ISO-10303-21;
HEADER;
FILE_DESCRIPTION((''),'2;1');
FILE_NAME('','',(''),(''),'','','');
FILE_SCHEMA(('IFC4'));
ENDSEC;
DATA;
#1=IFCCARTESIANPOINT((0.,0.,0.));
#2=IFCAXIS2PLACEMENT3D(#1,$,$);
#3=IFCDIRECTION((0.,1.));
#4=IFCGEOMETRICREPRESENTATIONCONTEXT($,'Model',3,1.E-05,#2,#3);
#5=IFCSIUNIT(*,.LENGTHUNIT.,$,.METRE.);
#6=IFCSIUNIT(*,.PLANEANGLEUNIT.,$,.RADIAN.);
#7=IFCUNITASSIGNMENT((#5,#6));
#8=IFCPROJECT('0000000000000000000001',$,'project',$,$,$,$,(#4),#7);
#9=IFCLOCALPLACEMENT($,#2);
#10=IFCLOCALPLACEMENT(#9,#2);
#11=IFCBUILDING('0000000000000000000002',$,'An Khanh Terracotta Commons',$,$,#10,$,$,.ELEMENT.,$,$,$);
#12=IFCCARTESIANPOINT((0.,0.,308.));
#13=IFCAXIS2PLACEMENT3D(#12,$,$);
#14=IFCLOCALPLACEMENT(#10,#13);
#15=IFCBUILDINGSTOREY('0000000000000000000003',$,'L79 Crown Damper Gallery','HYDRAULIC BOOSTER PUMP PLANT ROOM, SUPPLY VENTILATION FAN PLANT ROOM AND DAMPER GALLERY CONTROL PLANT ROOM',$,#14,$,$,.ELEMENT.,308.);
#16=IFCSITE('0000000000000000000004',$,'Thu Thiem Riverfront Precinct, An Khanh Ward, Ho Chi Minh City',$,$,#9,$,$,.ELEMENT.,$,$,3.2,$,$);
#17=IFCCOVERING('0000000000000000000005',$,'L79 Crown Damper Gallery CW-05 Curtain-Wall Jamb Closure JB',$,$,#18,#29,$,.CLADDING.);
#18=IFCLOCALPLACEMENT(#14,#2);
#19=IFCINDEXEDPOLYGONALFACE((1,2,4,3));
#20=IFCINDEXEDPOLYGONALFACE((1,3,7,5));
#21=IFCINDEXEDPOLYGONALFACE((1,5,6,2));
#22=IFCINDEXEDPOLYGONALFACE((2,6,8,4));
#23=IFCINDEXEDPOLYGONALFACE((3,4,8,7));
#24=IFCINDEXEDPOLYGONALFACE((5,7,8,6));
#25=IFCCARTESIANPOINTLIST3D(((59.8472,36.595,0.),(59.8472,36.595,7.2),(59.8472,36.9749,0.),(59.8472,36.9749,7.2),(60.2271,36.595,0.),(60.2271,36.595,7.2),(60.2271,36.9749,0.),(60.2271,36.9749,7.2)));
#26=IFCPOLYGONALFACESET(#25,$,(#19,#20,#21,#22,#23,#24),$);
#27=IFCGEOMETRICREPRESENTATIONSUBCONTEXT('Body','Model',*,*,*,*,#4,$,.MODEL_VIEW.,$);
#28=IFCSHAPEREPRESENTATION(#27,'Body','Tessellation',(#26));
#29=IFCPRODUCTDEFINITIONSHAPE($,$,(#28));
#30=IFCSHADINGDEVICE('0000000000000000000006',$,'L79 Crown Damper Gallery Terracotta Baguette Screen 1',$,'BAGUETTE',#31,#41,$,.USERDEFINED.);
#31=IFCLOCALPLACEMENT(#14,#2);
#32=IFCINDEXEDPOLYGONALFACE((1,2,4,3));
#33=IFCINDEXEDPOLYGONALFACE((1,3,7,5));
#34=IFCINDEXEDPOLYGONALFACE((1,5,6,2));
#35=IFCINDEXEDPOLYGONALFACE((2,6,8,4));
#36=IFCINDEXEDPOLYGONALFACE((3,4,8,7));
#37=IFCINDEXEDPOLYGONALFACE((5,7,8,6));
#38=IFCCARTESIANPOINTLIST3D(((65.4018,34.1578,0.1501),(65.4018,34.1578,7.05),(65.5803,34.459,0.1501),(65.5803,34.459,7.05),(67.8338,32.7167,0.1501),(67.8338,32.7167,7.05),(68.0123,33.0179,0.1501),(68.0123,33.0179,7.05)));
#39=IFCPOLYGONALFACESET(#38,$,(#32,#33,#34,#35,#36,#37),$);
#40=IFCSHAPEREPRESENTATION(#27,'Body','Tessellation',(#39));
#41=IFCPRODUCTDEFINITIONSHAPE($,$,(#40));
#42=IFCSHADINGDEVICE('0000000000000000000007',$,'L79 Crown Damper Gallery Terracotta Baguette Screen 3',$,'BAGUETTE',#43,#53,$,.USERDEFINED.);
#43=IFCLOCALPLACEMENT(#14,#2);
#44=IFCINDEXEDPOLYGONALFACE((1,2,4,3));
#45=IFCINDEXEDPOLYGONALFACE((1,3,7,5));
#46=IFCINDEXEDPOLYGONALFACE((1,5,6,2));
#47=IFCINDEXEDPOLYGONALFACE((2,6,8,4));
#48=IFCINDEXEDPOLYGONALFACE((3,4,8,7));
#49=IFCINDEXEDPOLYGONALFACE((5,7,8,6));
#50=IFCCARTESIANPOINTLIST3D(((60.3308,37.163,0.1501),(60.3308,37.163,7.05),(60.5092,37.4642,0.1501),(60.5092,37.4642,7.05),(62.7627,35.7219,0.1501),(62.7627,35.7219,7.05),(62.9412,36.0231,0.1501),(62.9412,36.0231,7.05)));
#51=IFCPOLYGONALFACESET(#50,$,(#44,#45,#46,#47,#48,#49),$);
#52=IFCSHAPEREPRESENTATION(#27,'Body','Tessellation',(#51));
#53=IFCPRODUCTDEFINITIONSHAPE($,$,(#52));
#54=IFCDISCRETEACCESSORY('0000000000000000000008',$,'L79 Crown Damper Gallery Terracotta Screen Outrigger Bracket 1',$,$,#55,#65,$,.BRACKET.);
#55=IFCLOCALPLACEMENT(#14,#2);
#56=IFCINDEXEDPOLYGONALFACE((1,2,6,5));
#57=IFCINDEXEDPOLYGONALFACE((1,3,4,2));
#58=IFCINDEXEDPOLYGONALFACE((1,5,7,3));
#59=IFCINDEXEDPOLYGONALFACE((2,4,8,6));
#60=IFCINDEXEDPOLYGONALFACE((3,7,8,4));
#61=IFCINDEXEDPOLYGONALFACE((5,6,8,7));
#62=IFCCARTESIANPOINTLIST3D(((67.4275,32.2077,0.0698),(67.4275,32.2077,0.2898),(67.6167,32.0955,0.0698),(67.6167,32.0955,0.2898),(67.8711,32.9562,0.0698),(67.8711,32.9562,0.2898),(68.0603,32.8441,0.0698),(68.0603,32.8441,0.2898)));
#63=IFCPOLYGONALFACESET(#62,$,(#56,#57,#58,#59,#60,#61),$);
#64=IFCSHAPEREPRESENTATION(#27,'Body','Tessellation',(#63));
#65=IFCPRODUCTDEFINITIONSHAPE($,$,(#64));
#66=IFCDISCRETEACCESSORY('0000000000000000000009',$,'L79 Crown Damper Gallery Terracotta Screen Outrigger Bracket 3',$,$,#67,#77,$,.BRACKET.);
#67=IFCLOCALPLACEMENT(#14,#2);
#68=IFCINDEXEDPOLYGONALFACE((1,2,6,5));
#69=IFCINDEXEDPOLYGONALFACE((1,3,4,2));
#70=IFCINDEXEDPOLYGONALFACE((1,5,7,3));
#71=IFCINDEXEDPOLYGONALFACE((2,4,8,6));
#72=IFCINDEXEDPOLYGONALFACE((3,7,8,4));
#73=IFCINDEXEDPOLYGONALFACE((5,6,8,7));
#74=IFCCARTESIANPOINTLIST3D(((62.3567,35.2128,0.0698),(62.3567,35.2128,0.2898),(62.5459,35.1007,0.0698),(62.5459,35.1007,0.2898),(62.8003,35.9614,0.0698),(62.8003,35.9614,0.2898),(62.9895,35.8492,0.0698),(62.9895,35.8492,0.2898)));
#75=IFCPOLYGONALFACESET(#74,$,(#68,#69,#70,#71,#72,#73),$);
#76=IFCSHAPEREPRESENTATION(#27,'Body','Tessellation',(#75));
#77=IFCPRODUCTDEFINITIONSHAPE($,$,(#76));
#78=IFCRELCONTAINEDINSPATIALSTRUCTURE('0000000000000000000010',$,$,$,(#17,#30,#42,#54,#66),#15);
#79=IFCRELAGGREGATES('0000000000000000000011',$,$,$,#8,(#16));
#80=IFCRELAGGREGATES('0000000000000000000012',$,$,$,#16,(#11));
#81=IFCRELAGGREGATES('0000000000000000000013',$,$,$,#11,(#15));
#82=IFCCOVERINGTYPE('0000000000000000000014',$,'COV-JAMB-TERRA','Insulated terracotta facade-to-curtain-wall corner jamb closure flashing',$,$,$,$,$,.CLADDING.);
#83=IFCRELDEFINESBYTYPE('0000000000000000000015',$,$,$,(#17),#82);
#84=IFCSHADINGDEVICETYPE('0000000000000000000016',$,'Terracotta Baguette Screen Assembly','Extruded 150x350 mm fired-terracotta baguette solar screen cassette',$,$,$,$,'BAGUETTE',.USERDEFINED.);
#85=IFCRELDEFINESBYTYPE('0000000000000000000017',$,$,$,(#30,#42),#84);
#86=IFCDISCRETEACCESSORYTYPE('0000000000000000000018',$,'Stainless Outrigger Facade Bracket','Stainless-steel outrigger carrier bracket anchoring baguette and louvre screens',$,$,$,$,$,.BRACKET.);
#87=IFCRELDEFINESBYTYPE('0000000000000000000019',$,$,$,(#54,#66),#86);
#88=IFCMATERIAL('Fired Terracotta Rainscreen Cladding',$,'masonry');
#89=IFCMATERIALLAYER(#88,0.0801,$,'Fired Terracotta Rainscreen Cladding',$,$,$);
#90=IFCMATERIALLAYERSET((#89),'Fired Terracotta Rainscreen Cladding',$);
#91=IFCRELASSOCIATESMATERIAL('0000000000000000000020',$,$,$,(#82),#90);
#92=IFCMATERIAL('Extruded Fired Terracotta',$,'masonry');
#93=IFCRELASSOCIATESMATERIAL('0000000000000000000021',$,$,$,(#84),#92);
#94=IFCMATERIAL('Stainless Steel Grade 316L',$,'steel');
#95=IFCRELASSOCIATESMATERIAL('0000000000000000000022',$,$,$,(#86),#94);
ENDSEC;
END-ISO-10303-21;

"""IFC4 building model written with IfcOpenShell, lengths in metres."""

from ifc_helpers import new_model, si_unit, direction, frame, origin, origin_2d, place, context, subcontext, project, spatial, rectangle, extrude, material, layer, layer_set, type_object, element, save


model = new_model("IFC4")

# Units and contexts
model_context = context("Model", 3, precision=1e-05, world=origin(), true_north=direction((0.0, 1.0)))
body_context = subcontext(model_context, "Body", "Model", "MODEL_VIEW")
ifc_project = project(units=[si_unit("LENGTHUNIT", "METRE"), si_unit("PLANEANGLEUNIT", "RADIAN")], contexts=[model_context])

# Site, building, storey
site_placement = place(None, origin())
site = spatial("IfcSite", under=ifc_project, at=site_placement, Name="Thu Thiem Riverfront Precinct, An Khanh Ward, Ho Chi Minh City", CompositionType="ELEMENT", RefElevation=3.2)
building_placement = place(site_placement, origin())
building = spatial("IfcBuilding", under=site, at=building_placement, Name="An Khanh Terracotta Commons", CompositionType="ELEMENT")
storey_placement = place(building_placement, frame((0.0, 0.0, 308.0)))
storey = spatial("IfcBuildingStorey", under=building, at=storey_placement, Name="L79 Crown Damper Gallery", Description="HYDRAULIC BOOSTER PUMP PLANT ROOM, SUPPLY VENTILATION FAN PLANT ROOM AND DAMPER GALLERY CONTROL PLANT ROOM", CompositionType="ELEMENT", Elevation=308.0)

# Covering
ifc_material_1 = material(Name="Fired Terracotta Rainscreen Cladding", Category="masonry")
ifc_layer_1 = layer(ifc_material_1, 0.0801, Name="Fired Terracotta Rainscreen Cladding")
ifc_layer_set_1 = layer_set([ifc_layer_1], Name="Fired Terracotta Rainscreen Cladding")
covering_type = type_object("IfcCoveringType", Name="COV-JAMB-TERRA", Description="Insulated terracotta facade-to-curtain-wall corner jamb closure flashing", PredefinedType="CLADDING", material=ifc_layer_set_1)
covering_placement = place(storey_placement, frame((60.0371, 36.7849, 0.0), z_axis=(0.0, 0.0, 1.0), x_axis=(1.0, 0.0, 0.0)))
element("IfcCovering", 1, at=covering_placement, inside=storey, type_object=covering_type, Name="L79 Crown Damper Gallery CW-05 Curtain-Wall Jamb Closure JB", PredefinedType="CLADDING", context=body_context, shape_type="SweptSolid", body=[
    extrude(rectangle(XDim=0.3799, YDim=0.3799, at=origin_2d()), origin(), (0.0, 0.0, 1.0), 7.2),
])

# Shading devices
ifc_material_2 = material(Name="Extruded Fired Terracotta", Category="masonry")
shading_device_type = type_object("IfcShadingDeviceType", Name="Terracotta Baguette Screen Assembly", Description="Extruded 150x350 mm fired-terracotta baguette solar screen cassette", ElementType="BAGUETTE", PredefinedType="USERDEFINED", material=ifc_material_2)
for number, where, z_axis, x_axis, name in (
    (2, (66.707, 33.5879, 0.1501), (0.0, 0.0, 1.0), (-0.860304, 0.509781, 0.0), "L79 Crown Damper Gallery Terracotta Baguette Screen 1"),
    (3, (61.636, 36.593, 0.1501), (0.0, 0.0, 1.0), (-0.860304, 0.509781, 0.0), "L79 Crown Damper Gallery Terracotta Baguette Screen 3"),
):
    element("IfcShadingDevice", number, at=place(storey_placement, frame(where, z_axis=z_axis, x_axis=x_axis)), inside=storey, type_object=shading_device_type, Name=name, ObjectType="BAGUETTE", PredefinedType="USERDEFINED", context=body_context, shape_type="SweptSolid", body=[
        extrude(rectangle(XDim=2.8269, YDim=0.3501, at=origin_2d()), origin(), (0.0, 0.0, 1.0), 6.8999),
    ])

# Discrete accessories
ifc_material_3 = material(Name="Stainless Steel Grade 316L", Category="steel")
discrete_accessory_type = type_object("IfcDiscreteAccessoryType", Name="Stainless Outrigger Facade Bracket", Description="Stainless-steel outrigger carrier bracket anchoring baguette and louvre screens", PredefinedType="BRACKET", material=ifc_material_3)
for number, where, z_axis, x_axis, name in (
    (4, (67.7439, 32.5259, 0.0698), (0.0, 0.0, 1.0), (-0.860304, 0.509781, 0.0), "L79 Crown Damper Gallery Terracotta Screen Outrigger Bracket 1"),
    (5, (62.6731, 35.531, 0.0698), (0.0, 0.0, 1.0), (-0.860304, 0.509781, 0.0), "L79 Crown Damper Gallery Terracotta Screen Outrigger Bracket 3"),
):
    element("IfcDiscreteAccessory", number, at=place(storey_placement, frame(where, z_axis=z_axis, x_axis=x_axis)), inside=storey, type_object=discrete_accessory_type, Name=name, PredefinedType="BRACKET", context=body_context, shape_type="SweptSolid", body=[
        extrude(rectangle(XDim=0.22, YDim=0.8701, at=origin_2d()), origin(), (0.0, 0.0, 1.0), 0.22),
    ])

save(model, "model.ifc")
